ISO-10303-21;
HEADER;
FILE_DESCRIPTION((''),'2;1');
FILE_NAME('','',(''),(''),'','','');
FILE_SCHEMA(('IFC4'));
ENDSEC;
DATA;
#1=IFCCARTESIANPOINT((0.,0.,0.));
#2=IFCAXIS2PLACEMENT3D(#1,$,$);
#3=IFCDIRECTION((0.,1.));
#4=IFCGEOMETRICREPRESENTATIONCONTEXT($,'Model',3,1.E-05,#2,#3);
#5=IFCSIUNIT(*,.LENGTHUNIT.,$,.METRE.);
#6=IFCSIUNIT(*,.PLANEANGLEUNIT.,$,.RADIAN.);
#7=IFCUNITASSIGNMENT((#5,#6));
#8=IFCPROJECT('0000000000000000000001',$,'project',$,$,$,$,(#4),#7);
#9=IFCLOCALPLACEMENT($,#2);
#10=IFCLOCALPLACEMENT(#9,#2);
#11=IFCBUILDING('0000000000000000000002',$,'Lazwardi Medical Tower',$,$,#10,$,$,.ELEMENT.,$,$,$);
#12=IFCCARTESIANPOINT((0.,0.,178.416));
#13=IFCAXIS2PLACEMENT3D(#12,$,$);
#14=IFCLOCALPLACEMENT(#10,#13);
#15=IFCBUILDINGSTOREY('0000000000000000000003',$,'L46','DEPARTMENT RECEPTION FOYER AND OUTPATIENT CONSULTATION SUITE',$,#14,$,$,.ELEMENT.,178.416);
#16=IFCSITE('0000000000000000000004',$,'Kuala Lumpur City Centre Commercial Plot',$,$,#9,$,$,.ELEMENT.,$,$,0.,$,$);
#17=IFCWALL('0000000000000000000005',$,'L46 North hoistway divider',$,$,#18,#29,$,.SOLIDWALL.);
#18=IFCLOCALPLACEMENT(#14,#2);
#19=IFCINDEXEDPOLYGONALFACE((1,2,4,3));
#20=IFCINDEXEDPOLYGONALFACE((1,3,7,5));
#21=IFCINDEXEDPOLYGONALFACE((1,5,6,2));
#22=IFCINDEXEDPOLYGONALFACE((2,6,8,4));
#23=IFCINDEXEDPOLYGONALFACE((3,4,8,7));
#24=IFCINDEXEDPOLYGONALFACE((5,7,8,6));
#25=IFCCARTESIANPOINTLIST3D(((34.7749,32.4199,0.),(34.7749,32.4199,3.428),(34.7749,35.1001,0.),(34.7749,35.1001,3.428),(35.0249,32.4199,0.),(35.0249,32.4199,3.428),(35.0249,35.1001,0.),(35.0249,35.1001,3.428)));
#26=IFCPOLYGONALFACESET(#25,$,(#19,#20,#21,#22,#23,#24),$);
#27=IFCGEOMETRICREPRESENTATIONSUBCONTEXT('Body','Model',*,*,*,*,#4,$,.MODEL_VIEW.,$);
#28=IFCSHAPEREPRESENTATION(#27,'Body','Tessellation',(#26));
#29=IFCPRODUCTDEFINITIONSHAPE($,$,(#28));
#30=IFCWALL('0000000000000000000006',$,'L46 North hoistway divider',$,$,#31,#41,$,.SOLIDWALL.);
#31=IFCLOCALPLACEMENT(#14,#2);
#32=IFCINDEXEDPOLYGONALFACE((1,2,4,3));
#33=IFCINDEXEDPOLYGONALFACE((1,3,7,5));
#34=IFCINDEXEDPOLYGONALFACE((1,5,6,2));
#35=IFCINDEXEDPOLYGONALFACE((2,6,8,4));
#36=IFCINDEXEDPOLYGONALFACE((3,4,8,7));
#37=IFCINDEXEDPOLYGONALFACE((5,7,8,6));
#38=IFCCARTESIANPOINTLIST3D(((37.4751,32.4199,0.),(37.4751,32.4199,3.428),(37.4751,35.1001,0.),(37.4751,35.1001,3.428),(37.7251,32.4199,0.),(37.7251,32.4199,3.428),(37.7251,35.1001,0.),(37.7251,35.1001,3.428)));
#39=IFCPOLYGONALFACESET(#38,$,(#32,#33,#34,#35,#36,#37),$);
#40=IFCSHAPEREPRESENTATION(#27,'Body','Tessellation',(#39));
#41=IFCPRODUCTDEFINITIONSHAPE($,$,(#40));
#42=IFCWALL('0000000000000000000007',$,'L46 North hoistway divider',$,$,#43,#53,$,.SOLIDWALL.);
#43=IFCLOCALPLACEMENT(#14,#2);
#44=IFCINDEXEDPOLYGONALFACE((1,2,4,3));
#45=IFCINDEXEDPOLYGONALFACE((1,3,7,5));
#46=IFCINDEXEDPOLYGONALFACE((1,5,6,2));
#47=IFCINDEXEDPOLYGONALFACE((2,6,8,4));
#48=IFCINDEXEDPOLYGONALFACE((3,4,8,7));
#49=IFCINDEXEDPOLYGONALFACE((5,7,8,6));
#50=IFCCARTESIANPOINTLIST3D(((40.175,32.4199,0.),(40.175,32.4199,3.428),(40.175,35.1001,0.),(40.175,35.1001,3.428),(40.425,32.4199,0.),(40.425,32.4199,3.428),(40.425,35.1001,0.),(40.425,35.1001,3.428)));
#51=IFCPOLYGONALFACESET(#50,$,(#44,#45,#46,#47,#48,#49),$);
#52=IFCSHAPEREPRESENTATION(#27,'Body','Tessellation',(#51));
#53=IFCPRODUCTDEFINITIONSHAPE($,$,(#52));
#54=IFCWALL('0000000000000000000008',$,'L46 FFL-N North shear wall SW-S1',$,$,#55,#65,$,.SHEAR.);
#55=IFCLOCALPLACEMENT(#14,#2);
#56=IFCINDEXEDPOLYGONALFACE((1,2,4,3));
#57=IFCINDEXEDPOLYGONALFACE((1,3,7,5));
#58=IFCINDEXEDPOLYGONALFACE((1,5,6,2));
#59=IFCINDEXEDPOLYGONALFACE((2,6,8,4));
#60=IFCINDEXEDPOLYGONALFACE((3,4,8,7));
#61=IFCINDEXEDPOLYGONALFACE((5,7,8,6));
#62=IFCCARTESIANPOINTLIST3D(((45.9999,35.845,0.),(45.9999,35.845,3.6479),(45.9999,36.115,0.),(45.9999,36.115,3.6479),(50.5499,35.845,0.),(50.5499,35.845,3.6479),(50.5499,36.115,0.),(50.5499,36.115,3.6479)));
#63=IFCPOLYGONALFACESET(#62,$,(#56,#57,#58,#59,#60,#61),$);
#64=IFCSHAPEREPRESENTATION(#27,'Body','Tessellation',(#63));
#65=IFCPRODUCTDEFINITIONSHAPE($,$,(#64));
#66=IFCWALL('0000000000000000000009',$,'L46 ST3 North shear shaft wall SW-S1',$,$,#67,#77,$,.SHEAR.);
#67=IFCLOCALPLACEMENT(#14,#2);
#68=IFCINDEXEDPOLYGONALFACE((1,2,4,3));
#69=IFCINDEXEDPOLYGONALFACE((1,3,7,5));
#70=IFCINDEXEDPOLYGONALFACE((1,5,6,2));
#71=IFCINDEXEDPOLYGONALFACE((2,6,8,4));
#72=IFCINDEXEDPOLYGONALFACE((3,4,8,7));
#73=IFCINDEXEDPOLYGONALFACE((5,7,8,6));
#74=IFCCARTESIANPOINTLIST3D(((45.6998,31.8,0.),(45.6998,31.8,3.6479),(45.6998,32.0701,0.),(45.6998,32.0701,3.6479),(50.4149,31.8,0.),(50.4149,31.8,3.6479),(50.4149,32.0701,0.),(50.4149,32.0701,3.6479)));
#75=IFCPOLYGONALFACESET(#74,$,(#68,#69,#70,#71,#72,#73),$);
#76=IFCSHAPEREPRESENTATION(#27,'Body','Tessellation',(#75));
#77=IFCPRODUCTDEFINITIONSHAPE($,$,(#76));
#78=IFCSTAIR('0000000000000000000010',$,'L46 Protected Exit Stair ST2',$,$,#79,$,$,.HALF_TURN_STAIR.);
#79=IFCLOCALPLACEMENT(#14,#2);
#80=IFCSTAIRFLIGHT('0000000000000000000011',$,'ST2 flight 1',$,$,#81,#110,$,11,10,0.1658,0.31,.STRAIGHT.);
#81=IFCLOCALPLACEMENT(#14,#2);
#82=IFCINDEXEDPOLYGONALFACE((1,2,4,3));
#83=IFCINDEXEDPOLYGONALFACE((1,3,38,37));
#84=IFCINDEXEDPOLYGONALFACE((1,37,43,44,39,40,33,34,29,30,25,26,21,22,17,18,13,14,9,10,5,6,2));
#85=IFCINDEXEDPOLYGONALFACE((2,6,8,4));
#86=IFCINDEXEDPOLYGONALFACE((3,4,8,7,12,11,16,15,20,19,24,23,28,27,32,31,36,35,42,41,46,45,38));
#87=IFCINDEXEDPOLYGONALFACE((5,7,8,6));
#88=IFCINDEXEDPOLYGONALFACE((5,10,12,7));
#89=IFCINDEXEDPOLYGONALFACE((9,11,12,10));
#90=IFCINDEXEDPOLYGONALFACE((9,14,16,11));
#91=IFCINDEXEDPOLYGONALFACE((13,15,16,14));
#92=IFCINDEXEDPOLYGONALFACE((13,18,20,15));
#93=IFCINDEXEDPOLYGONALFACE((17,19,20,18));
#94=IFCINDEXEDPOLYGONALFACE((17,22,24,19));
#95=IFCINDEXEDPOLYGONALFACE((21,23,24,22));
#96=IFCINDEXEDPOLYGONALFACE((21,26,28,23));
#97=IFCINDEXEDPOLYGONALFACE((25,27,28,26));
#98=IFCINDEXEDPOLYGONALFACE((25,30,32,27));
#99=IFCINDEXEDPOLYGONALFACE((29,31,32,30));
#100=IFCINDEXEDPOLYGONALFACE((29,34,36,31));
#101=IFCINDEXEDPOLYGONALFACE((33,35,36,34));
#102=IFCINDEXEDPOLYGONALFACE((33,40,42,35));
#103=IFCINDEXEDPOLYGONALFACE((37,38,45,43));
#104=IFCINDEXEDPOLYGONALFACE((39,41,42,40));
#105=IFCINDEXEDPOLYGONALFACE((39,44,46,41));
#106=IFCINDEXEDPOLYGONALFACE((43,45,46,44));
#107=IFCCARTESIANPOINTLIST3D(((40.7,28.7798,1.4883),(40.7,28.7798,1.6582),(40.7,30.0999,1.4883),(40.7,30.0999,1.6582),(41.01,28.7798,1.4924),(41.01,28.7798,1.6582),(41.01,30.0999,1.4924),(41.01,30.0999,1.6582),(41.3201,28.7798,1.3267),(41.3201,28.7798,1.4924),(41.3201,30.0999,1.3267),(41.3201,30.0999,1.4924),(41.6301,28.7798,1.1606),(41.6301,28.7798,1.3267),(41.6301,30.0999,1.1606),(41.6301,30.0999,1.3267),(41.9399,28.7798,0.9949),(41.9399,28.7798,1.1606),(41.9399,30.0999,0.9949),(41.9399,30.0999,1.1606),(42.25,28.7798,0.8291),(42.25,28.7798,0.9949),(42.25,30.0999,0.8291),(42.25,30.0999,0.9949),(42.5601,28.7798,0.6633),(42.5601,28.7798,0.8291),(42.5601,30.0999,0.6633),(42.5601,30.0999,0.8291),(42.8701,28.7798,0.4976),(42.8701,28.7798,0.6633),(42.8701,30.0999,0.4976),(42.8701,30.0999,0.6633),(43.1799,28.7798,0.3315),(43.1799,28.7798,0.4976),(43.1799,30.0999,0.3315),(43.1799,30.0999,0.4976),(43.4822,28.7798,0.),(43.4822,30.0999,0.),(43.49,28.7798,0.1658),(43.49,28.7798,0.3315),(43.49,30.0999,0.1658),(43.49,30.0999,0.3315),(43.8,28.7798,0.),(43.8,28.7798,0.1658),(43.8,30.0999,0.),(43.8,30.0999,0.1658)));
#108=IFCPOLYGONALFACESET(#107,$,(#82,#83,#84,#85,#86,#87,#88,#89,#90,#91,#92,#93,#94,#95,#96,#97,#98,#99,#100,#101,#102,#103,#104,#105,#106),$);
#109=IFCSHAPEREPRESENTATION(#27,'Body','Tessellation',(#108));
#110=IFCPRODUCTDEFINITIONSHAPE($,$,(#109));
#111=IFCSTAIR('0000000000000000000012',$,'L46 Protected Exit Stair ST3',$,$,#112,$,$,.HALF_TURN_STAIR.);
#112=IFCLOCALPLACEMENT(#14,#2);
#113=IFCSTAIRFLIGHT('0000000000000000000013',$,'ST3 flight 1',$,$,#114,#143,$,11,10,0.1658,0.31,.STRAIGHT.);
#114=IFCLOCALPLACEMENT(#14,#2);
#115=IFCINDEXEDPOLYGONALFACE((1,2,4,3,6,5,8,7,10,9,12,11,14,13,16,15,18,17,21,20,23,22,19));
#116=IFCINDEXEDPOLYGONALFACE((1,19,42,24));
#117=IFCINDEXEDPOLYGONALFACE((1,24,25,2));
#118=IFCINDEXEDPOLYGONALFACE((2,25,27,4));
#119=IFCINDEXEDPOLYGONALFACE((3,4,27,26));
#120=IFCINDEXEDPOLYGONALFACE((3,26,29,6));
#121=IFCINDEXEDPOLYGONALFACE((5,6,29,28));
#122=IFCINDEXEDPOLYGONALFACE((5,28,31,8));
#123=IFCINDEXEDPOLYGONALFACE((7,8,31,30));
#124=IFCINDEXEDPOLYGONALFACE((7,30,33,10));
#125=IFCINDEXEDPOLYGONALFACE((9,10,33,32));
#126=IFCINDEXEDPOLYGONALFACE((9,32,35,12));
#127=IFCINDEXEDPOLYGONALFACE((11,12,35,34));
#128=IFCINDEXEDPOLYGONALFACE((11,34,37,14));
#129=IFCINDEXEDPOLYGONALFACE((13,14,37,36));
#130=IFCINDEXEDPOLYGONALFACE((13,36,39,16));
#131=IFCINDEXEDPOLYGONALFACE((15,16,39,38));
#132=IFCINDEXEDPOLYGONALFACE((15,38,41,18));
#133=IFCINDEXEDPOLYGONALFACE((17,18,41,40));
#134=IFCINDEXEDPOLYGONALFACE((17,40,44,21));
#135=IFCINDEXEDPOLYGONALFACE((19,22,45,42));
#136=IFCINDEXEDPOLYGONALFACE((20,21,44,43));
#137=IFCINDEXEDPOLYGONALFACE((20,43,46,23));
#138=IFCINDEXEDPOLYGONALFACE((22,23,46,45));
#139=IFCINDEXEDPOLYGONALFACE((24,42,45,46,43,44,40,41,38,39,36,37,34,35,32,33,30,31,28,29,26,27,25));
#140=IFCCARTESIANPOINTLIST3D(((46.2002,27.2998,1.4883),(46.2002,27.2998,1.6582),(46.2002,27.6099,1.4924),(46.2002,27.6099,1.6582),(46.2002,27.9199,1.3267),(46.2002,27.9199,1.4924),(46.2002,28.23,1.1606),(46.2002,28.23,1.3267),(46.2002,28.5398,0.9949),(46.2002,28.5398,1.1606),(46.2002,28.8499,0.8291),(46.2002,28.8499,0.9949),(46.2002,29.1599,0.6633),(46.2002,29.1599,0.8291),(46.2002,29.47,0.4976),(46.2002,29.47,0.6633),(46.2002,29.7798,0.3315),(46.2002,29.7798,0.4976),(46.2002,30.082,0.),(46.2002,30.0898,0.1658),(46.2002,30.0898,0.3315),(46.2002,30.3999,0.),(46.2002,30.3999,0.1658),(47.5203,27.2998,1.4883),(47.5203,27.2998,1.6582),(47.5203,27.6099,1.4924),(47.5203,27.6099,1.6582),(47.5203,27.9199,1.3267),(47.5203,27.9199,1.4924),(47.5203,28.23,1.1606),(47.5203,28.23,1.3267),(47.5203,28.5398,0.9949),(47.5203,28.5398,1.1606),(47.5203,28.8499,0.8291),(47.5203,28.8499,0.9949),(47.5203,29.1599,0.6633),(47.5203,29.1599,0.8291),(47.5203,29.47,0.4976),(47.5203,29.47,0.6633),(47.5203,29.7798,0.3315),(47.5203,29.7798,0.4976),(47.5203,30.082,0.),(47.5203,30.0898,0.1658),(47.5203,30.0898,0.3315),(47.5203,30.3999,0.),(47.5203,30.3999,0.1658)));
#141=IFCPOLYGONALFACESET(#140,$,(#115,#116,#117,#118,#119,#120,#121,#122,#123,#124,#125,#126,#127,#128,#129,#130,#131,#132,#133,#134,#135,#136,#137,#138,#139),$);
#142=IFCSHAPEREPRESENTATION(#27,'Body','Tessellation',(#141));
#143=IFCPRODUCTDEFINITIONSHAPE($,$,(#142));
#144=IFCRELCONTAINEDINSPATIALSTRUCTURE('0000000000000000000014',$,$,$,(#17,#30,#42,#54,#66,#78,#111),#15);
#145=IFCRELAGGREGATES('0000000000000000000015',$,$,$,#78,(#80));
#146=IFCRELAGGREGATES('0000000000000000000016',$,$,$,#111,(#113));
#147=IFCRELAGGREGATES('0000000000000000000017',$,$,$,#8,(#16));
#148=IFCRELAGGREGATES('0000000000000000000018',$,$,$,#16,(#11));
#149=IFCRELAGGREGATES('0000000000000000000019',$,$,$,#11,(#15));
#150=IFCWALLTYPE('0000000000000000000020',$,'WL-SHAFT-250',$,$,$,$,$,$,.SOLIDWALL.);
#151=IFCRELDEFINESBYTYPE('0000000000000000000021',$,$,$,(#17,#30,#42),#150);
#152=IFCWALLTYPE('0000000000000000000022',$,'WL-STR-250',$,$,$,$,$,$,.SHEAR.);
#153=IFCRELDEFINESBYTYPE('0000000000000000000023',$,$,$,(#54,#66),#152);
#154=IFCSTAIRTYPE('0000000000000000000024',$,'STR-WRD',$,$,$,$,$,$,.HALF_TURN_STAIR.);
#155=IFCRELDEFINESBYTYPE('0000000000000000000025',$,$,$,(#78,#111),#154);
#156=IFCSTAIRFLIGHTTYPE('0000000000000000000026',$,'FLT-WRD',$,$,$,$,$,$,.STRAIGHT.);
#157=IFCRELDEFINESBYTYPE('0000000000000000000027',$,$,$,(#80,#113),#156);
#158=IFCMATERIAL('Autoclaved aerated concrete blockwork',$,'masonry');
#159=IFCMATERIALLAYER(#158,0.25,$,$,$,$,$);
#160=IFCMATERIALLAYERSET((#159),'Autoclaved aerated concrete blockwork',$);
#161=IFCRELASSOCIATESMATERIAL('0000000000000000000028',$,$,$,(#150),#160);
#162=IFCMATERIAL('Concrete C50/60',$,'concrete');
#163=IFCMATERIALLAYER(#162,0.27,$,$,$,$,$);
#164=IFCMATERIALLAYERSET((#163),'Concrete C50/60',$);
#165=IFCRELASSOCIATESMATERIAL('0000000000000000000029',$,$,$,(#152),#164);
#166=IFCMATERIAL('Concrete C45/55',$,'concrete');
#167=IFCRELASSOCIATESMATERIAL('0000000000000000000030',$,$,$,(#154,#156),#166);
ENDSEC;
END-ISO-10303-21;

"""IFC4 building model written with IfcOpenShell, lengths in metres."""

from ifc_helpers import new_model, si_unit, direction, frame, frame_2d, origin, place, context, subcontext, project, spatial, polyline, rectangle, outline, extrude, material, layer, layer_set, type_object, element, aggregate, save


model = new_model("IFC4")

# Units and contexts
model_context = context("Model", 3, precision=1e-05, world=origin(), true_north=direction((0.0, 1.0)))
body_context = subcontext(model_context, "Body", "Model", "MODEL_VIEW")
ifc_project = project(units=[si_unit("LENGTHUNIT", "METRE"), si_unit("PLANEANGLEUNIT", "RADIAN")], contexts=[model_context])

# Site, building, storey
site_placement = place(None, origin())
site = spatial("IfcSite", under=ifc_project, at=site_placement, Name="Kuala Lumpur City Centre Commercial Plot", CompositionType="ELEMENT", RefElevation=0.0)
building_placement = place(site_placement, origin())
building = spatial("IfcBuilding", under=site, at=building_placement, Name="Lazwardi Medical Tower", CompositionType="ELEMENT")
storey_placement = place(building_placement, frame((0.0, 0.0, 178.416)))
storey = spatial("IfcBuildingStorey", under=building, at=storey_placement, Name="L46", Description="DEPARTMENT RECEPTION FOYER AND OUTPATIENT CONSULTATION SUITE", CompositionType="ELEMENT", Elevation=178.416)

# Walls
ifc_material_1 = material(Name="Autoclaved aerated concrete blockwork", Category="masonry")
ifc_layer_1 = layer(ifc_material_1, 0.25)
ifc_layer_set_1 = layer_set([ifc_layer_1], Name="Autoclaved aerated concrete blockwork")
wall_type_1 = type_object("IfcWallType", Name="WL-SHAFT-250", PredefinedType="SOLIDWALL", material=ifc_layer_set_1)
for number, where, z_axis, x_axis, name in (
    (1, (34.8999, 32.4199, 0.0), (0.0, 0.0, 1.0), (0.0, 1.0, 0.0), "L46 North hoistway divider"),
    (2, (37.6001, 32.4199, 0.0), (0.0, 0.0, 1.0), (0.0, 1.0, 0.0), "L46 North hoistway divider"),
    (3, (40.3, 32.4199, 0.0), (0.0, 0.0, 1.0), (0.0, 1.0, 0.0), "L46 North hoistway divider"),
):
    element("IfcWall", number, at=place(storey_placement, frame(where, z_axis=z_axis, x_axis=x_axis)), inside=storey, type_object=wall_type_1, Name=name, PredefinedType="SOLIDWALL", context=body_context, shape_type="SweptSolid", body=[
        extrude(rectangle(XDim=2.6802, YDim=0.25, at=frame_2d((1.3401, 0.0))), origin(), (0.0, 0.0, 1.0), 3.428),
    ])

# Shared definitions
ifc_material_2 = material(Name="Concrete C50/60", Category="concrete")
ifc_layer_2 = layer(ifc_material_2, 0.27)
ifc_layer_set_2 = layer_set([ifc_layer_2], Name="Concrete C50/60")
wall_type_2 = type_object("IfcWallType", Name="WL-STR-250", PredefinedType="SHEAR", material=ifc_layer_set_2)

# Walls
wall_1_placement = place(storey_placement, frame((46.0, 35.98, 0.0), z_axis=(0.0, 0.0, 1.0), x_axis=(1.0, 0.0, 0.0)))
element("IfcWall", 4, at=wall_1_placement, inside=storey, type_object=wall_type_2, Name="L46 FFL-N North shear wall SW-S1", PredefinedType="SHEAR", context=body_context, shape_type="SweptSolid", body=[
    extrude(rectangle(XDim=4.55, YDim=0.27, at=frame_2d((2.2749, 0.0))), origin(), (0.0, 0.0, 1.0), 3.6479),
])
wall_2_placement = place(storey_placement, frame((45.7, 31.9351, 0.0), z_axis=(0.0, 0.0, 1.0), x_axis=(1.0, 0.0, 0.0)))
element("IfcWall", 5, at=wall_2_placement, inside=storey, type_object=wall_type_2, Name="L46 ST3 North shear shaft wall SW-S1", PredefinedType="SHEAR", context=body_context, shape_type="SweptSolid", body=[
    extrude(rectangle(XDim=4.7151, YDim=0.27, at=frame_2d((2.3574, 0.0))), origin(), (0.0, 0.0, 1.0), 3.6479),
])

# Stairs, stair flights
ifc_material_3 = material(Name="Concrete C45/55", Category="concrete")
stair_type = type_object("IfcStairType", Name="STR-WRD", PredefinedType="HALF_TURN_STAIR", material=ifc_material_3)
stair_1_placement = place(storey_placement, origin())
stair_1 = element("IfcStair", 6, at=stair_1_placement, inside=storey, type_object=stair_type, Name="L46 Protected Exit Stair ST2", PredefinedType="HALF_TURN_STAIR")
stair_flight_type = type_object("IfcStairFlightType", Name="FLT-WRD", PredefinedType="STRAIGHT", material=ifc_material_3)
stair_flight_1_placement = place(storey_placement, frame((43.8, 29.4399, 0.0), z_axis=(0.0, 0.0, 1.0), x_axis=(-1.0, 0.0, 0.0)))
stair_flight_1 = element("IfcStairFlight", 7, at=stair_flight_1_placement, type_object=stair_flight_type, Name="ST2 flight 1", NumberOfRisers=11, NumberOfTreads=10, PredefinedType="STRAIGHT", RiserHeight=0.1658, TreadLength=0.31, context=body_context, shape_type="SweptSolid", body=[
    extrude(outline(polyline([(0.0, 0.0), (0.0, 0.1658), (0.3101, 0.1658), (0.3101, 0.3315), (0.6201, 0.3315), (0.6201, 0.4976), (0.9299, 0.4976), (0.9299, 0.6633), (1.24, 0.6633), (1.24, 0.8291), (1.55, 0.8291), (1.55, 0.9949), (1.8601, 0.9949), (1.8601, 1.1606), (2.1699, 1.1606), (2.1699, 1.3267), (2.48, 1.3267), (2.48, 1.4924), (2.79, 1.4924), (2.79, 1.6582), (3.1001, 1.6582), (3.1001, 1.824), (3.1001, 1.4883), (0.3179, 0.0), (0.0, 0.0)])), frame((0.0, 0.6602, 0.0), z_axis=(0.0, -1.0, 0.0), x_axis=(1.0, 0.0, 0.0)), (0.0, 0.0, 1.0), 1.3201),
])
aggregate(stair_1, [stair_flight_1])
stair_2_placement = place(storey_placement, origin())
stair_2 = element("IfcStair", 8, at=stair_2_placement, inside=storey, type_object=stair_type, Name="L46 Protected Exit Stair ST3", PredefinedType="HALF_TURN_STAIR")
stair_flight_2_placement = place(storey_placement, frame((46.8601, 30.3999, 0.0), z_axis=(0.0, 0.0, 1.0), x_axis=(0.0, -1.0, 0.0)))
stair_flight_2 = element("IfcStairFlight", 9, at=stair_flight_2_placement, type_object=stair_flight_type, Name="ST3 flight 1", NumberOfRisers=11, NumberOfTreads=10, PredefinedType="STRAIGHT", RiserHeight=0.1658, TreadLength=0.31, context=body_context, shape_type="SweptSolid", body=[
    extrude(outline(polyline([(0.0, 0.0), (0.0, 0.1658), (0.3101, 0.1658), (0.3101, 0.3315), (0.6201, 0.3315), (0.6201, 0.4976), (0.9299, 0.4976), (0.9299, 0.6633), (1.24, 0.6633), (1.24, 0.8291), (1.55, 0.8291), (1.55, 0.9949), (1.8601, 0.9949), (1.8601, 1.1606), (2.1699, 1.1606), (2.1699, 1.3267), (2.48, 1.3267), (2.48, 1.4924), (2.79, 1.4924), (2.79, 1.6582), (3.1001, 1.6582), (3.1001, 1.824), (3.1001, 1.4883), (0.3179, 0.0), (0.0, 0.0)])), frame((0.0, 0.6602, 0.0), z_axis=(0.0, -1.0, 0.0), x_axis=(1.0, 0.0, 0.0)), (0.0, 0.0, 1.0), 1.3201),
])
aggregate(stair_2, [stair_flight_2])

save(model, "model.ifc")
